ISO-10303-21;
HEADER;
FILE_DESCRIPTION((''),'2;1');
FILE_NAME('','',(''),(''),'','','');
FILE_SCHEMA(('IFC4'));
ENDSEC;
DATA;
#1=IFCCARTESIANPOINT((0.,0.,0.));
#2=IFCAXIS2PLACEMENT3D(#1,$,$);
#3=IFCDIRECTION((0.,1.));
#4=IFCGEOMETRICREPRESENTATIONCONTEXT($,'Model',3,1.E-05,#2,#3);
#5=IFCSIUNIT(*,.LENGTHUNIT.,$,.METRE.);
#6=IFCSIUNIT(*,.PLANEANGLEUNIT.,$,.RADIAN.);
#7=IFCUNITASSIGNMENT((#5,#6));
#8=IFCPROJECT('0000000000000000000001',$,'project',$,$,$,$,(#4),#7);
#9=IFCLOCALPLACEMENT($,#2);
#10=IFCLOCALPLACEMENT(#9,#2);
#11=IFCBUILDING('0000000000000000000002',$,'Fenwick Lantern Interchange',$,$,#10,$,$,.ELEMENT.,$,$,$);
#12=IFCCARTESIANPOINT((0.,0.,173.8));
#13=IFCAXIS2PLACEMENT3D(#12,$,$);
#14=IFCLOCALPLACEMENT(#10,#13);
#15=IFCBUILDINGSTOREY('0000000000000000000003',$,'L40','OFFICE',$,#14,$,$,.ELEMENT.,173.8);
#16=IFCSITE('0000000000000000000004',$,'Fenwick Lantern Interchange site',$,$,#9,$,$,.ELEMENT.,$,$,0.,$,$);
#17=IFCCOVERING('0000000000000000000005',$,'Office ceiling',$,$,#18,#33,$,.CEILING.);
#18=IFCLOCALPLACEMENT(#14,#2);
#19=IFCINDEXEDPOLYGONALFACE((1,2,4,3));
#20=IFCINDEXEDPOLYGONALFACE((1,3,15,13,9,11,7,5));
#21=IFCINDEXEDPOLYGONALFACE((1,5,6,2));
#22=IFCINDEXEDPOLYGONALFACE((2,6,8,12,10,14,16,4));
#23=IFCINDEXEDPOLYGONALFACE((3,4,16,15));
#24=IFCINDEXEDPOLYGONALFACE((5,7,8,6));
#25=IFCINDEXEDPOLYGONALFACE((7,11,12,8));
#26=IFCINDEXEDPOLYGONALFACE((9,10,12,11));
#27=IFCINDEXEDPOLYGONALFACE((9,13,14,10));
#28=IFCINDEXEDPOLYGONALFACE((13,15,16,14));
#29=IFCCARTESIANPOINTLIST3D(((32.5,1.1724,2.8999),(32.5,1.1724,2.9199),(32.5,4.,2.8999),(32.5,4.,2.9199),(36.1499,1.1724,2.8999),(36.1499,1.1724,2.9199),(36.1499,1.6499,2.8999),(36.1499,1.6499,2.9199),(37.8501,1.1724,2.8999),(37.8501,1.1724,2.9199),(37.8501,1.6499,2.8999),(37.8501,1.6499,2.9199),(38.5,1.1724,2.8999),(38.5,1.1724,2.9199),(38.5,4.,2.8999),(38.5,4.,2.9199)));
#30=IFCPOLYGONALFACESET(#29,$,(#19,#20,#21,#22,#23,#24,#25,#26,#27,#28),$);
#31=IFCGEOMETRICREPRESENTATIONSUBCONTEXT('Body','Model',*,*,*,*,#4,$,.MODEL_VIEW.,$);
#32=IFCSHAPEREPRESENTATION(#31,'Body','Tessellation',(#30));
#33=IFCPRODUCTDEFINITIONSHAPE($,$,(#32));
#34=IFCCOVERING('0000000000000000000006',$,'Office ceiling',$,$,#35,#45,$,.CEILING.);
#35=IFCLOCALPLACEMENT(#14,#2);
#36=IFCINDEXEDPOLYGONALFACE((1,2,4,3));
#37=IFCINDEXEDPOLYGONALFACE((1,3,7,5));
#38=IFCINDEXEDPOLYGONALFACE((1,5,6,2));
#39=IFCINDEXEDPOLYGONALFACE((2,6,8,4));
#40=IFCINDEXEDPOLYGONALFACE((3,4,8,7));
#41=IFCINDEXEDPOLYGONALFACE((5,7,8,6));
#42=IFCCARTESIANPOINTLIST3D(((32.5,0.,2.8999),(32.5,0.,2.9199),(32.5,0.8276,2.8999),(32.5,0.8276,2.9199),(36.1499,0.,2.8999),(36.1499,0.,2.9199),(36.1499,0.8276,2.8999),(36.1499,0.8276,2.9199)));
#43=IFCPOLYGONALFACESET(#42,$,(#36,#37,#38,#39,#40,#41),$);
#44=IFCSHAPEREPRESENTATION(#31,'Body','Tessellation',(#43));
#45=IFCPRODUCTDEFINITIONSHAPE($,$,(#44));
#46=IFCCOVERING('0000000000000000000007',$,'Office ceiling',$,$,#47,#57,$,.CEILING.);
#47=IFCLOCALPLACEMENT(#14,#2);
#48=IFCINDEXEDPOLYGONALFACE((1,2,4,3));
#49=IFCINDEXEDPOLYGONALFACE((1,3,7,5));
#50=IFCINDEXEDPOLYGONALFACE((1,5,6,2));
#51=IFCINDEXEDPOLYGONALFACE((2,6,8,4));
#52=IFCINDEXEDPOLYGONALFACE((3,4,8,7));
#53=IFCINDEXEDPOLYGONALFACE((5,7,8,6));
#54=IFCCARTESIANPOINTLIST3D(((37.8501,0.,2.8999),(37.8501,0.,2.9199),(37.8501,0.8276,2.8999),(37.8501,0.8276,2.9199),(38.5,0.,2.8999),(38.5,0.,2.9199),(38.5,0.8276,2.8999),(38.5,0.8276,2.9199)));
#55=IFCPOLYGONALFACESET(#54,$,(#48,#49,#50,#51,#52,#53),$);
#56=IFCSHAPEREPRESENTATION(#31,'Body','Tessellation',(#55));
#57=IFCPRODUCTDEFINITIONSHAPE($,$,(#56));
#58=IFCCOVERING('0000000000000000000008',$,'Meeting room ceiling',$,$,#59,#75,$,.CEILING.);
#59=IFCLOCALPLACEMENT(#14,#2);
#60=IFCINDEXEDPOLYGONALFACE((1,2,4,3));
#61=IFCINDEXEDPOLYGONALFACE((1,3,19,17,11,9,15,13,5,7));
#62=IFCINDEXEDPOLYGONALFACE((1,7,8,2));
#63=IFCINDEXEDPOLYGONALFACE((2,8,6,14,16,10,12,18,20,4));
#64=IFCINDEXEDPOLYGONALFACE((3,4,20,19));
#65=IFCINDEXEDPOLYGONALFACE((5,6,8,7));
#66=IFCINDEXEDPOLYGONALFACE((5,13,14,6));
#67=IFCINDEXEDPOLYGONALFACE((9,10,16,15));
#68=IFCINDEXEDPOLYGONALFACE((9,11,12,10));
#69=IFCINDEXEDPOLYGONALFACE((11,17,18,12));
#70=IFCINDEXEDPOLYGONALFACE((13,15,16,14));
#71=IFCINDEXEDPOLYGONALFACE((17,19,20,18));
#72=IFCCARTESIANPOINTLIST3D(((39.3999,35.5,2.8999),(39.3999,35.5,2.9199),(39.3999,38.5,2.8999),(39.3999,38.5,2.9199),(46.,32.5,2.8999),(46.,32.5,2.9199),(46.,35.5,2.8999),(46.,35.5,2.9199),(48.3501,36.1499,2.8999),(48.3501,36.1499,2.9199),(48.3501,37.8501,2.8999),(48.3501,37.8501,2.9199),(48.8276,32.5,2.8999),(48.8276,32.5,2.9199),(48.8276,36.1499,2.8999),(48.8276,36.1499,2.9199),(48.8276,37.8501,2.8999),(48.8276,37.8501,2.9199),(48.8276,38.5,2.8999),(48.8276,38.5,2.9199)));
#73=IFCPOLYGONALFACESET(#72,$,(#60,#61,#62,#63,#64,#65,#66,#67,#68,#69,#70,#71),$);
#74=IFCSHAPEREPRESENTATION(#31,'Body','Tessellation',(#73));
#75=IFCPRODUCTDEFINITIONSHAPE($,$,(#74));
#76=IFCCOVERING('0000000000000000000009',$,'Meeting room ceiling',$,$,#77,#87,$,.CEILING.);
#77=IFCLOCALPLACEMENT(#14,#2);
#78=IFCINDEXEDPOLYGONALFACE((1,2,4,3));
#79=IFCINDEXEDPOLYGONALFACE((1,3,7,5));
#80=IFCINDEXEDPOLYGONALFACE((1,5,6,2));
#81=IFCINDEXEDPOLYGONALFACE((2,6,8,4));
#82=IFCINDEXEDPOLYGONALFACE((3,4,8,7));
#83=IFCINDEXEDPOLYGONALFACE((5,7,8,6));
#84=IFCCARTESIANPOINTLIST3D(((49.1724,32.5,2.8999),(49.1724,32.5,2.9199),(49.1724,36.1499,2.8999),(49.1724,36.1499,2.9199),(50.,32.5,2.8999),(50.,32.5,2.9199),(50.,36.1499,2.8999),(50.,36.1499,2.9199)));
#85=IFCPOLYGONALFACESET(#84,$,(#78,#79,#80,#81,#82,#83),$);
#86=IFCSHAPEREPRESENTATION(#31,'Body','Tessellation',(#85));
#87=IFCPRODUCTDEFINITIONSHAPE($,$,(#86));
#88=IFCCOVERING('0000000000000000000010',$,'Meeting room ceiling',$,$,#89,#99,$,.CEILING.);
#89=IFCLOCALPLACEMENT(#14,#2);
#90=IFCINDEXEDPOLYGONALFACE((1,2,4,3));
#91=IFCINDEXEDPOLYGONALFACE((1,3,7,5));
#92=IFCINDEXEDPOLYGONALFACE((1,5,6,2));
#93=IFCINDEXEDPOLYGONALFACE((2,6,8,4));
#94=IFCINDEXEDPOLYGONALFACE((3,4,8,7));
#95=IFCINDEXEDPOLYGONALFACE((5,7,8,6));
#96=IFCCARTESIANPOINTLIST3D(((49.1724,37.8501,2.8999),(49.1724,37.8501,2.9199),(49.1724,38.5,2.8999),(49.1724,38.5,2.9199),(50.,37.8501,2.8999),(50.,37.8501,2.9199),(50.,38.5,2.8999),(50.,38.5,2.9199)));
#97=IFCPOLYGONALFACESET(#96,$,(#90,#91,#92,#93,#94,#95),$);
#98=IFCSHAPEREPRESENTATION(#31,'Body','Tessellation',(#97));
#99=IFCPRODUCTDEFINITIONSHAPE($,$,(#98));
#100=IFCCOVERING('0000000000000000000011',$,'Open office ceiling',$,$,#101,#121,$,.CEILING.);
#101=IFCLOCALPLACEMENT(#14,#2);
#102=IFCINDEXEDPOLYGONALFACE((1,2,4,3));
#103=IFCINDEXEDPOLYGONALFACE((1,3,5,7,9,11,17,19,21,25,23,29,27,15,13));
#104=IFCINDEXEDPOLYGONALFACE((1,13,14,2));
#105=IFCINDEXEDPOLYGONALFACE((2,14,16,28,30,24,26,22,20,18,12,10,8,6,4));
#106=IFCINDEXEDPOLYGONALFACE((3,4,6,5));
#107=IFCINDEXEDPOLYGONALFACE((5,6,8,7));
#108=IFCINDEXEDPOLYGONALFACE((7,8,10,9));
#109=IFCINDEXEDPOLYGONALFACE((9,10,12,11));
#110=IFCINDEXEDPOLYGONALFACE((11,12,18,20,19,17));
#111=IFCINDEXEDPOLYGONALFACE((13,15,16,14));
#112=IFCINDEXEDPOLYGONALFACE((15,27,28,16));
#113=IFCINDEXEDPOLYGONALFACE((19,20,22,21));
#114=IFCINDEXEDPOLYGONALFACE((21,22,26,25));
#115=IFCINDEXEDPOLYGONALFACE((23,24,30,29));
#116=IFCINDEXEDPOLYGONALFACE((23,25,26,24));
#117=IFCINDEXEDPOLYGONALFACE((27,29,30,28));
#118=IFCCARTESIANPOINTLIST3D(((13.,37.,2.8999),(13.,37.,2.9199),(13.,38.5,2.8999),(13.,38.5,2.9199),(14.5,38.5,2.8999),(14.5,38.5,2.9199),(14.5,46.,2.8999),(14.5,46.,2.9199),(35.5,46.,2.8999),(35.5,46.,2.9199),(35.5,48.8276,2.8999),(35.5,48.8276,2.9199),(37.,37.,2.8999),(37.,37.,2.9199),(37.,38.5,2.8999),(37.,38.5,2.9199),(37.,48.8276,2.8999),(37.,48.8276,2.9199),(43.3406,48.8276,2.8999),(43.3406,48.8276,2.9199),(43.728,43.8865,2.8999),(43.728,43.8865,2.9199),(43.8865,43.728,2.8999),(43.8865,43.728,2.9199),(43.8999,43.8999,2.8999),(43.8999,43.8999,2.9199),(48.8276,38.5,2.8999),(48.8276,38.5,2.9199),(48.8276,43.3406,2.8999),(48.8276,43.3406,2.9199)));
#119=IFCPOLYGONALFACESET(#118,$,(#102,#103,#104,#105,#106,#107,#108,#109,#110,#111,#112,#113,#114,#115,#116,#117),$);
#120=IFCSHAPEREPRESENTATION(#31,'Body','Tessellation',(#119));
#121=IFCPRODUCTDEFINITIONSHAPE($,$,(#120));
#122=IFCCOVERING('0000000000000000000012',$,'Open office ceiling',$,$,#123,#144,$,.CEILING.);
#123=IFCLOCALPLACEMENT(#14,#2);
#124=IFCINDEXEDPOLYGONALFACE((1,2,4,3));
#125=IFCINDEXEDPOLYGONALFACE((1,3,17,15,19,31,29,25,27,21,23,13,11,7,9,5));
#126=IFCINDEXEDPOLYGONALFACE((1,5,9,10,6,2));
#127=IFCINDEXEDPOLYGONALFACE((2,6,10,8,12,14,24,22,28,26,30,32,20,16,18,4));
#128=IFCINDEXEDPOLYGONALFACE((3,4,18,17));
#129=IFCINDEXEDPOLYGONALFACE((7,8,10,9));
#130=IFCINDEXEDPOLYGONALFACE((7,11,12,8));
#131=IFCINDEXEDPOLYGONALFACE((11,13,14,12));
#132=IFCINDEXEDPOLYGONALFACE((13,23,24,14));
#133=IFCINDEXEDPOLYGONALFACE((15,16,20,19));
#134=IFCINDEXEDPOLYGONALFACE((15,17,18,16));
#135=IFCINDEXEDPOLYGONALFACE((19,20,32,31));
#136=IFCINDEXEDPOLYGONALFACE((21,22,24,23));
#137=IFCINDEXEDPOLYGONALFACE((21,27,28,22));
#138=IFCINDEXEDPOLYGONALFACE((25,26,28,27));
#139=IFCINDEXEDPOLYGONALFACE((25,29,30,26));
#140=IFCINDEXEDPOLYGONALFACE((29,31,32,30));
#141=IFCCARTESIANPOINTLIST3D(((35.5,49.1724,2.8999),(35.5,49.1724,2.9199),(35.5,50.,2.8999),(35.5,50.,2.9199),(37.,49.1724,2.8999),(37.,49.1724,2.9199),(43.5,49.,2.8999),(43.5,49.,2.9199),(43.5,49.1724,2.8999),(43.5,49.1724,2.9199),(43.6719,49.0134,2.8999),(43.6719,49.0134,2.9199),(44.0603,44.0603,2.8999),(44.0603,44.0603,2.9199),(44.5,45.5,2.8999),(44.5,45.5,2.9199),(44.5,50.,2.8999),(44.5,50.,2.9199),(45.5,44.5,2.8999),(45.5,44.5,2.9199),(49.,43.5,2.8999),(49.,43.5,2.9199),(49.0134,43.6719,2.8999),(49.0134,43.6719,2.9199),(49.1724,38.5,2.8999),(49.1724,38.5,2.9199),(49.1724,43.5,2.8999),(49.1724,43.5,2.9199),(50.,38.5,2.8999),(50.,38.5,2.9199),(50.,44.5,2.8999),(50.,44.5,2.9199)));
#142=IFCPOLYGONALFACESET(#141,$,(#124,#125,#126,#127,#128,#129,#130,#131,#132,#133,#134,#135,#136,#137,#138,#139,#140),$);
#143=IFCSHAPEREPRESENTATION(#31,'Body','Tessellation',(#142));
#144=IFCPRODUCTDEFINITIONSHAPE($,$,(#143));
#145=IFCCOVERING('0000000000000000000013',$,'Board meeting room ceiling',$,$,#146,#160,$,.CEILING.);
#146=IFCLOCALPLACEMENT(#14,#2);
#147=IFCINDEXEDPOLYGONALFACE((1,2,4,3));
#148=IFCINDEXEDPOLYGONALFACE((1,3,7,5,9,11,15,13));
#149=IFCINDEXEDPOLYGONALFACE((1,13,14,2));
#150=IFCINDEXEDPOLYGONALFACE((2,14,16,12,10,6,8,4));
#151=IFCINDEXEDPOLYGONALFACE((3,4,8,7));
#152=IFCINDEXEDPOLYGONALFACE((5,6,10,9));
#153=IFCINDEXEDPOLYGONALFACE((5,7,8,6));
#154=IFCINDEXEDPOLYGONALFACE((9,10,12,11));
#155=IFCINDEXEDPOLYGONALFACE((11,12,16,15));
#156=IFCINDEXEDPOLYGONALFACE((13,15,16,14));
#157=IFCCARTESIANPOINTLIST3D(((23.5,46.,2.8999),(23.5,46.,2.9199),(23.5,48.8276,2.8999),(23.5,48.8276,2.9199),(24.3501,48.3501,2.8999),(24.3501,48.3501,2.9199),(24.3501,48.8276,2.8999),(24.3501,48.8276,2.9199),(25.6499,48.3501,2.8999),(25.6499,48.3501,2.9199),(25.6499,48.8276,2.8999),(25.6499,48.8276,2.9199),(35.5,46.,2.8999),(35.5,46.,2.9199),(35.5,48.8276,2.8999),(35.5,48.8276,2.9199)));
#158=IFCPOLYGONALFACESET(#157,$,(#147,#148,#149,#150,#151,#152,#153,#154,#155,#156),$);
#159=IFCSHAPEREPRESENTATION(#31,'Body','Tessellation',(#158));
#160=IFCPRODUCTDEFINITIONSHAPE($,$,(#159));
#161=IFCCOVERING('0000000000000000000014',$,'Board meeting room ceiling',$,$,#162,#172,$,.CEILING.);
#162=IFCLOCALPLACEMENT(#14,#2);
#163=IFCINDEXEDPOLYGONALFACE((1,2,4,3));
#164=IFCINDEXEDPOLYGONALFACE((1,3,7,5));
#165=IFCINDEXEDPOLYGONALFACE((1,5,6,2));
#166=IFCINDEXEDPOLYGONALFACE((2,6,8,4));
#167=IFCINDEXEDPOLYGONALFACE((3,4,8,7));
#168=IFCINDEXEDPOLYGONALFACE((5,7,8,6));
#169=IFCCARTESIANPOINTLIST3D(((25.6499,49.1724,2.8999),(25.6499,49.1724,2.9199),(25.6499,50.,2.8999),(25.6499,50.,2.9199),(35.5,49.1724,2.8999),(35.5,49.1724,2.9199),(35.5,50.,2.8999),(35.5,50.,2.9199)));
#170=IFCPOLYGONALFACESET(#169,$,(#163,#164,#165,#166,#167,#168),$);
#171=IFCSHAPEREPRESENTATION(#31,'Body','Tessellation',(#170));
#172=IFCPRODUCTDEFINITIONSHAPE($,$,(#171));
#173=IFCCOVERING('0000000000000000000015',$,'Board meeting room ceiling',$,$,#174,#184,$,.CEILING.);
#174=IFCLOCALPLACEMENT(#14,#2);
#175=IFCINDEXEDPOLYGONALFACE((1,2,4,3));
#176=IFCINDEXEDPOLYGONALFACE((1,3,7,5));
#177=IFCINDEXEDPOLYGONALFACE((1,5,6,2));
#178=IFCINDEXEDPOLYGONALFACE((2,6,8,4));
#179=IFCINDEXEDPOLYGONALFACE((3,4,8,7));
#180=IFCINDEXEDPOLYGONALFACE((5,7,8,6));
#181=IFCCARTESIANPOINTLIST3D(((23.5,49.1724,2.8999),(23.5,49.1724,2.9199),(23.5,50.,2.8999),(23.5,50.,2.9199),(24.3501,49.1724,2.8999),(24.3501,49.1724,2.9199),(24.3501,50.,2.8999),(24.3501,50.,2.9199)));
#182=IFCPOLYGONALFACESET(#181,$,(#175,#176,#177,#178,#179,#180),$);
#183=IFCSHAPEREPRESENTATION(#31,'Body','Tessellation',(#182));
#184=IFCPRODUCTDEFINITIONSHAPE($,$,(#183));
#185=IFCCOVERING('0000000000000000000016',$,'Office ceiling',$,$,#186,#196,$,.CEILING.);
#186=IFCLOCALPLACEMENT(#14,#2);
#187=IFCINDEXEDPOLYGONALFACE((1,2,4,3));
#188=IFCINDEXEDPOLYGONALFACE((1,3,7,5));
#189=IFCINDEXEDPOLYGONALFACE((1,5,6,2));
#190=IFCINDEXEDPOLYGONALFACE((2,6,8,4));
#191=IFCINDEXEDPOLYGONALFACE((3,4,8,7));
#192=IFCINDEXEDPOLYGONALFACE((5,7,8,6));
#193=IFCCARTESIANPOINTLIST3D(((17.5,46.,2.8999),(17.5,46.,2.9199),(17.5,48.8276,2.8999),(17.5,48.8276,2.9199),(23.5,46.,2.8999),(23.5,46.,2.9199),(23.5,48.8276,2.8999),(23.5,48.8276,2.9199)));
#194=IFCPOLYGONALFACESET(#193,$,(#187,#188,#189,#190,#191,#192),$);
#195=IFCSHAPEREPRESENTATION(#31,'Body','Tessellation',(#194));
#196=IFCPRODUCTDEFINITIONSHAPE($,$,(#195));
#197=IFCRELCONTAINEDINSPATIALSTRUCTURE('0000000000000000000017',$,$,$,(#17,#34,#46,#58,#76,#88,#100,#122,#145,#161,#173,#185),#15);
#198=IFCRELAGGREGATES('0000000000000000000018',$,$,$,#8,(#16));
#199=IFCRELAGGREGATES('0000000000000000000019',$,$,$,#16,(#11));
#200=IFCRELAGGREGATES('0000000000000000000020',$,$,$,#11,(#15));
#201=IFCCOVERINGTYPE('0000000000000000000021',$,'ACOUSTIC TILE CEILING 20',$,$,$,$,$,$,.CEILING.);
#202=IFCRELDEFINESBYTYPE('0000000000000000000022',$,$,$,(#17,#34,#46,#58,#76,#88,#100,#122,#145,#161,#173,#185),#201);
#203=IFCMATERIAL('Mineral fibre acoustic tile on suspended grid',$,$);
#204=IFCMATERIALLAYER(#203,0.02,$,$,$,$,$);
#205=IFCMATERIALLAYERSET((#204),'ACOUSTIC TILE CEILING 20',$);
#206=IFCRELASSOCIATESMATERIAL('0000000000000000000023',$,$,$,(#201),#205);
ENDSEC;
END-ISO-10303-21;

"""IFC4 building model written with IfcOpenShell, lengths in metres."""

from ifc_helpers import new_model, si_unit, direction, frame, origin, place, context, subcontext, project, spatial, polyline, outline, extrude, material, layer, layer_set, type_object, element, save


model = new_model("IFC4")

# Units and contexts
model_context = context("Model", 3, precision=1e-05, world=origin(), true_north=direction((0.0, 1.0)))
body_context = subcontext(model_context, "Body", "Model", "MODEL_VIEW")
ifc_project = project(units=[si_unit("LENGTHUNIT", "METRE"), si_unit("PLANEANGLEUNIT", "RADIAN")], contexts=[model_context])

# Site, building, storey
site_placement = place(None, origin())
site = spatial("IfcSite", under=ifc_project, at=site_placement, Name="Fenwick Lantern Interchange site", CompositionType="ELEMENT", RefElevation=0.0)
building_placement = place(site_placement, origin())
building = spatial("IfcBuilding", under=site, at=building_placement, Name="Fenwick Lantern Interchange", CompositionType="ELEMENT")
storey_placement = place(building_placement, frame((0.0, 0.0, 173.8)))
storey = spatial("IfcBuildingStorey", under=building, at=storey_placement, Name="L40", Description="OFFICE", CompositionType="ELEMENT", Elevation=173.8)

# Coverings
ifc_material_1 = material(Name="Mineral fibre acoustic tile on suspended grid")
ifc_layer_1 = layer(ifc_material_1, 0.02)
ifc_layer_set_1 = layer_set([ifc_layer_1], Name="ACOUSTIC TILE CEILING 20")
covering_type_1 = type_object("IfcCoveringType", Name="ACOUSTIC TILE CEILING 20", PredefinedType="CEILING", material=ifc_layer_set_1)
covering_1_placement = place(storey_placement, frame((0.0, 0.0, 2.8999)))
element("IfcCovering", 1, at=covering_1_placement, inside=storey, type_object=covering_type_1, Name="Office ceiling", PredefinedType="CEILING", context=body_context, shape_type="SweptSolid", body=[
    extrude(outline(polyline([(32.5, 4.0), (32.5, 1.1724), (36.1499, 1.1724), (36.1499, 1.6499), (37.8501, 1.6499), (37.8501, 1.1724), (38.5, 1.1724), (38.5, 4.0), (32.5, 4.0)])), origin(), (0.0, 0.0, 1.0), 0.02),
])
covering_2_placement = place(storey_placement, frame((0.0, 0.0, 2.8999)))
element("IfcCovering", 2, at=covering_2_placement, inside=storey, type_object=covering_type_1, Name="Office ceiling", PredefinedType="CEILING", context=body_context, shape_type="SweptSolid", body=[
    extrude(outline(polyline([(32.5, 0.8276), (32.5, 0.0), (36.1499, 0.0), (36.1499, 0.8276), (32.5, 0.8276)])), origin(), (0.0, 0.0, 1.0), 0.02),
])
covering_3_placement = place(storey_placement, frame((0.0, 0.0, 2.8999)))
element("IfcCovering", 3, at=covering_3_placement, inside=storey, type_object=covering_type_1, Name="Office ceiling", PredefinedType="CEILING", context=body_context, shape_type="SweptSolid", body=[
    extrude(outline(polyline([(38.5, 0.0), (38.5, 0.8276), (37.8501, 0.8276), (37.8501, 0.0), (38.5, 0.0)])), origin(), (0.0, 0.0, 1.0), 0.02),
])
covering_4_placement = place(storey_placement, frame((0.0, 0.0, 2.8999)))
element("IfcCovering", 4, at=covering_4_placement, inside=storey, type_object=covering_type_1, Name="Meeting room ceiling", PredefinedType="CEILING", context=body_context, shape_type="SweptSolid", body=[
    extrude(outline(polyline([(48.3501, 37.8501), (48.8276, 37.8501), (48.8276, 38.5), (39.3999, 38.5), (39.3999, 35.5), (46.0, 35.5), (46.0, 32.5), (48.8276, 32.5), (48.8276, 36.1499), (48.3501, 36.1499), (48.3501, 37.8501)])), origin(), (0.0, 0.0, 1.0), 0.02),
])
covering_5_placement = place(storey_placement, frame((0.0, 0.0, 2.8999)))
element("IfcCovering", 5, at=covering_5_placement, inside=storey, type_object=covering_type_1, Name="Meeting room ceiling", PredefinedType="CEILING", context=body_context, shape_type="SweptSolid", body=[
    extrude(outline(polyline([(50.0, 36.1499), (49.1724, 36.1499), (49.1724, 32.5), (50.0, 32.5), (50.0, 36.1499)])), origin(), (0.0, 0.0, 1.0), 0.02),
])
covering_6_placement = place(storey_placement, frame((0.0, 0.0, 2.8999)))
element("IfcCovering", 6, at=covering_6_placement, inside=storey, type_object=covering_type_1, Name="Meeting room ceiling", PredefinedType="CEILING", context=body_context, shape_type="SweptSolid", body=[
    extrude(outline(polyline([(49.1724, 37.8501), (50.0, 37.8501), (50.0, 38.5), (49.1724, 38.5), (49.1724, 37.8501)])), origin(), (0.0, 0.0, 1.0), 0.02),
])
covering_7_placement = place(storey_placement, frame((0.0, 0.0, 2.8999)))
element("IfcCovering", 7, at=covering_7_placement, inside=storey, type_object=covering_type_1, Name="Open office ceiling", PredefinedType="CEILING", context=body_context, shape_type="SweptSolid", body=[
    extrude(outline(polyline([(37.0, 38.5), (48.8276, 38.5), (48.8276, 43.3406), (43.8865, 43.728), (43.8999, 43.8999), (43.728, 43.8865), (43.3406, 48.8276), (37.0, 48.8276), (35.5, 48.8276), (35.5, 46.0), (14.5, 46.0), (14.5, 38.5), (13.0, 38.5), (13.0, 37.0), (37.0, 37.0), (37.0, 38.5)])), origin(), (0.0, 0.0, 1.0), 0.02),
])
covering_8_placement = place(storey_placement, frame((0.0, 0.0, 2.8999)))
element("IfcCovering", 8, at=covering_8_placement, inside=storey, type_object=covering_type_1, Name="Open office ceiling", PredefinedType="CEILING", context=body_context, shape_type="SweptSolid", body=[
    extrude(outline(polyline([(49.1724, 38.5), (50.0, 38.5), (50.0, 44.5), (45.5, 44.5), (44.5, 45.5), (44.5, 50.0), (35.5, 50.0), (35.5, 49.1724), (37.0, 49.1724), (43.5, 49.1724), (43.5, 49.0), (43.6719, 49.0134), (44.0603, 44.0603), (49.0134, 43.6719), (49.0, 43.5), (49.1724, 43.5), (49.1724, 38.5)])), origin(), (0.0, 0.0, 1.0), 0.02),
])
covering_9_placement = place(storey_placement, frame((0.0, 0.0, 2.8999)))
element("IfcCovering", 9, at=covering_9_placement, inside=storey, type_object=covering_type_1, Name="Board meeting room ceiling", PredefinedType="CEILING", context=body_context, shape_type="SweptSolid", body=[
    extrude(outline(polyline([(23.5, 46.0), (35.5, 46.0), (35.5, 48.8276), (25.6499, 48.8276), (25.6499, 48.3501), (24.3501, 48.3501), (24.3501, 48.8276), (23.5, 48.8276), (23.5, 46.0)])), origin(), (0.0, 0.0, 1.0), 0.02),
])
covering_10_placement = place(storey_placement, frame((0.0, 0.0, 2.8999)))
element("IfcCovering", 10, at=covering_10_placement, inside=storey, type_object=covering_type_1, Name="Board meeting room ceiling", PredefinedType="CEILING", context=body_context, shape_type="SweptSolid", body=[
    extrude(outline(polyline([(25.6499, 50.0), (25.6499, 49.1724), (35.5, 49.1724), (35.5, 50.0), (25.6499, 50.0)])), origin(), (0.0, 0.0, 1.0), 0.02),
])
covering_11_placement = place(storey_placement, frame((0.0, 0.0, 2.8999)))
element("IfcCovering", 11, at=covering_11_placement, inside=storey, type_object=covering_type_1, Name="Board meeting room ceiling", PredefinedType="CEILING", context=body_context, shape_type="SweptSolid", body=[
    extrude(outline(polyline([(23.5, 50.0), (23.5, 49.1724), (24.3501, 49.1724), (24.3501, 50.0), (23.5, 50.0)])), origin(), (0.0, 0.0, 1.0), 0.02),
])
covering_12_placement = place(storey_placement, frame((0.0, 0.0, 2.8999)))
element("IfcCovering", 12, at=covering_12_placement, inside=storey, type_object=covering_type_1, Name="Office ceiling", PredefinedType="CEILING", context=body_context, shape_type="SweptSolid", body=[
    extrude(outline(polyline([(23.5, 46.0), (23.5, 48.8276), (17.5, 48.8276), (17.5, 46.0), (23.5, 46.0)])), origin(), (0.0, 0.0, 1.0), 0.02),
])

save(model, "model.ifc")
